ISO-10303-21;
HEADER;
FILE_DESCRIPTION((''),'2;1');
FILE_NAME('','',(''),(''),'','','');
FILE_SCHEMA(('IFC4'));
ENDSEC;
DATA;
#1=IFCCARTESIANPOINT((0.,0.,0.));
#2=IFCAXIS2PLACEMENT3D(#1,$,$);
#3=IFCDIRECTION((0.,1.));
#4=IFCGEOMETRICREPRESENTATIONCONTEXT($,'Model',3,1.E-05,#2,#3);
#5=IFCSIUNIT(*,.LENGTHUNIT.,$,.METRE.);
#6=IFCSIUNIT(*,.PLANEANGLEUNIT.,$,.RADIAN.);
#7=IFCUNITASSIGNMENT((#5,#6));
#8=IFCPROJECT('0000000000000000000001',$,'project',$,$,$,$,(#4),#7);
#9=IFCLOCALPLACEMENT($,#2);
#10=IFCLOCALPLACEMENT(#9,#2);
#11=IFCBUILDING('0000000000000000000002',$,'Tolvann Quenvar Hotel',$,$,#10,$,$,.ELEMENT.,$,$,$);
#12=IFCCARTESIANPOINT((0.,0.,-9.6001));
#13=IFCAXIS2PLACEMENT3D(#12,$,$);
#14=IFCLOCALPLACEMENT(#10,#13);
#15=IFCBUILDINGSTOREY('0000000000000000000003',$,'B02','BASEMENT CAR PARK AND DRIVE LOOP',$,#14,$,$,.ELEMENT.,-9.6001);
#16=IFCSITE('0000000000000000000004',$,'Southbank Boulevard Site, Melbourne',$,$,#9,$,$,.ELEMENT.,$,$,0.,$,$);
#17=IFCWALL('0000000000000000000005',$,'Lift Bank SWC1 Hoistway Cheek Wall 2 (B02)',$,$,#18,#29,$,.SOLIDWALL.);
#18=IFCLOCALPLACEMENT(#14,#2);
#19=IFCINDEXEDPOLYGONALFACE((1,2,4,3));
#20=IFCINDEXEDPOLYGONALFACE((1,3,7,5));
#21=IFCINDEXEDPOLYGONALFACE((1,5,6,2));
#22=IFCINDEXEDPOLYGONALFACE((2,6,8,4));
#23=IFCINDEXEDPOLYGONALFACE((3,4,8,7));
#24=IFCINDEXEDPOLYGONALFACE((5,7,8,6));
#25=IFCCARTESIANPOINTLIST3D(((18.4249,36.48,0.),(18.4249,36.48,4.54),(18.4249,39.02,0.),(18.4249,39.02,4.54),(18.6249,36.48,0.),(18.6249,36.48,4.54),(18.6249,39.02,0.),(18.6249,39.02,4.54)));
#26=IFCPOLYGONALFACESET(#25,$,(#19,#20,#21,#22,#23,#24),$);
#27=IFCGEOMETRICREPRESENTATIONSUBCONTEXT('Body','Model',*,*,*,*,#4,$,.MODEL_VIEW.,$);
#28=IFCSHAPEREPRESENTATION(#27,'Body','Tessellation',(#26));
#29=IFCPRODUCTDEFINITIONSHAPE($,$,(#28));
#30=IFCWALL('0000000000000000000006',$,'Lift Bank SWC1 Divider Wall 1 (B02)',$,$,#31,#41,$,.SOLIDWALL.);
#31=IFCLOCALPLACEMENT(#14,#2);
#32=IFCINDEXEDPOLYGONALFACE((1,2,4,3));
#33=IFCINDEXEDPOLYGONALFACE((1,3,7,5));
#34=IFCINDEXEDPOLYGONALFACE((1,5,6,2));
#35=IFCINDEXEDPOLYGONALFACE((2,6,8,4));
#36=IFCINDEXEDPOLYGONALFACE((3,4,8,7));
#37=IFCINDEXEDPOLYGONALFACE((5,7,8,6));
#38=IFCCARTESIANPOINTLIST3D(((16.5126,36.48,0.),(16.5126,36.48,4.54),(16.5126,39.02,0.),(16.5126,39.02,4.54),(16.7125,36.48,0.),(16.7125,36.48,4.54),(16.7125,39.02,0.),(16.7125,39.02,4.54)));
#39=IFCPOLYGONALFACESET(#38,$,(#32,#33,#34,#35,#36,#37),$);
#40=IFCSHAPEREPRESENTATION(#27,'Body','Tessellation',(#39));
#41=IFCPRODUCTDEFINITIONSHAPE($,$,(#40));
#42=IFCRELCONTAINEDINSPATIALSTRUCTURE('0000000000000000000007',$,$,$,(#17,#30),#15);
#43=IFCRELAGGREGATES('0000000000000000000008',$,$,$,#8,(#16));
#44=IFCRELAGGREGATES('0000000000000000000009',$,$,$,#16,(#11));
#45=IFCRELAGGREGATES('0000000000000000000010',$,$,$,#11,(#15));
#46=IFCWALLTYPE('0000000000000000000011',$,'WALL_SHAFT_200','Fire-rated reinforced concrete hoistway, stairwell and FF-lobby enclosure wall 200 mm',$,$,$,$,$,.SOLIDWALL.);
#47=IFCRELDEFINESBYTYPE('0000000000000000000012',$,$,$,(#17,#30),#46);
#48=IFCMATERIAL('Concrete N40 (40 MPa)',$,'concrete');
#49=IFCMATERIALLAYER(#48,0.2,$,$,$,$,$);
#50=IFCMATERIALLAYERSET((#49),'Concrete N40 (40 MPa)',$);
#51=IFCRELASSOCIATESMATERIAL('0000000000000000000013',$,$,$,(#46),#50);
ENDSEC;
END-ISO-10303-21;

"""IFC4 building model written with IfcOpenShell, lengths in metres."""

from ifc_helpers import new_model, si_unit, direction, frame, frame_2d, origin, place, context, subcontext, project, spatial, rectangle, extrude, material, layer, layer_set, type_object, element, save


model = new_model("IFC4")

# Units and contexts
model_context = context("Model", 3, precision=1e-05, world=origin(), true_north=direction((0.0, 1.0)))
body_context = subcontext(model_context, "Body", "Model", "MODEL_VIEW")
ifc_project = project(units=[si_unit("LENGTHUNIT", "METRE"), si_unit("PLANEANGLEUNIT", "RADIAN")], contexts=[model_context])

# Site, building, storey
site_placement = place(None, origin())
site = spatial("IfcSite", under=ifc_project, at=site_placement, Name="Southbank Boulevard Site, Melbourne", CompositionType="ELEMENT", RefElevation=0.0)
building_placement = place(site_placement, origin())
building = spatial("IfcBuilding", under=site, at=building_placement, Name="Tolvann Quenvar Hotel", CompositionType="ELEMENT")
storey_placement = place(building_placement, frame((0.0, 0.0, -9.6001)))
storey = spatial("IfcBuildingStorey", under=building, at=storey_placement, Name="B02", Description="BASEMENT CAR PARK AND DRIVE LOOP", CompositionType="ELEMENT", Elevation=-9.6001)

# Shared definitions
ifc_material_1 = material(Name="Concrete N40 (40 MPa)", Category="concrete")
ifc_layer_1 = layer(ifc_material_1, 0.2)
ifc_layer_set_1 = layer_set([ifc_layer_1], Name="Concrete N40 (40 MPa)")
wall_type_1 = type_object("IfcWallType", Name="WALL_SHAFT_200", Description="Fire-rated reinforced concrete hoistway, stairwell and FF-lobby enclosure wall 200 mm", PredefinedType="SOLIDWALL", material=ifc_layer_set_1)

# Walls
for number, where, z_axis, x_axis, name in (
    (1, (18.5249, 36.48, 0.0), (0.0, 0.0, 1.0), (0.0, 1.0, 0.0), "Lift Bank SWC1 Hoistway Cheek Wall 2 (B02)"),
    (2, (16.6125, 36.48, 0.0), (0.0, 0.0, 1.0), (0.0, 1.0, 0.0), "Lift Bank SWC1 Divider Wall 1 (B02)"),
):
    element("IfcWall", number, at=place(storey_placement, frame(where, z_axis=z_axis, x_axis=x_axis)), inside=storey, type_object=wall_type_1, Name=name, PredefinedType="SOLIDWALL", context=body_context, shape_type="SweptSolid", body=[
        extrude(rectangle(XDim=2.54, YDim=0.2, at=frame_2d((1.27, 0.0))), origin(), (0.0, 0.0, 1.0), 4.54),
    ])

save(model, "model.ifc")
